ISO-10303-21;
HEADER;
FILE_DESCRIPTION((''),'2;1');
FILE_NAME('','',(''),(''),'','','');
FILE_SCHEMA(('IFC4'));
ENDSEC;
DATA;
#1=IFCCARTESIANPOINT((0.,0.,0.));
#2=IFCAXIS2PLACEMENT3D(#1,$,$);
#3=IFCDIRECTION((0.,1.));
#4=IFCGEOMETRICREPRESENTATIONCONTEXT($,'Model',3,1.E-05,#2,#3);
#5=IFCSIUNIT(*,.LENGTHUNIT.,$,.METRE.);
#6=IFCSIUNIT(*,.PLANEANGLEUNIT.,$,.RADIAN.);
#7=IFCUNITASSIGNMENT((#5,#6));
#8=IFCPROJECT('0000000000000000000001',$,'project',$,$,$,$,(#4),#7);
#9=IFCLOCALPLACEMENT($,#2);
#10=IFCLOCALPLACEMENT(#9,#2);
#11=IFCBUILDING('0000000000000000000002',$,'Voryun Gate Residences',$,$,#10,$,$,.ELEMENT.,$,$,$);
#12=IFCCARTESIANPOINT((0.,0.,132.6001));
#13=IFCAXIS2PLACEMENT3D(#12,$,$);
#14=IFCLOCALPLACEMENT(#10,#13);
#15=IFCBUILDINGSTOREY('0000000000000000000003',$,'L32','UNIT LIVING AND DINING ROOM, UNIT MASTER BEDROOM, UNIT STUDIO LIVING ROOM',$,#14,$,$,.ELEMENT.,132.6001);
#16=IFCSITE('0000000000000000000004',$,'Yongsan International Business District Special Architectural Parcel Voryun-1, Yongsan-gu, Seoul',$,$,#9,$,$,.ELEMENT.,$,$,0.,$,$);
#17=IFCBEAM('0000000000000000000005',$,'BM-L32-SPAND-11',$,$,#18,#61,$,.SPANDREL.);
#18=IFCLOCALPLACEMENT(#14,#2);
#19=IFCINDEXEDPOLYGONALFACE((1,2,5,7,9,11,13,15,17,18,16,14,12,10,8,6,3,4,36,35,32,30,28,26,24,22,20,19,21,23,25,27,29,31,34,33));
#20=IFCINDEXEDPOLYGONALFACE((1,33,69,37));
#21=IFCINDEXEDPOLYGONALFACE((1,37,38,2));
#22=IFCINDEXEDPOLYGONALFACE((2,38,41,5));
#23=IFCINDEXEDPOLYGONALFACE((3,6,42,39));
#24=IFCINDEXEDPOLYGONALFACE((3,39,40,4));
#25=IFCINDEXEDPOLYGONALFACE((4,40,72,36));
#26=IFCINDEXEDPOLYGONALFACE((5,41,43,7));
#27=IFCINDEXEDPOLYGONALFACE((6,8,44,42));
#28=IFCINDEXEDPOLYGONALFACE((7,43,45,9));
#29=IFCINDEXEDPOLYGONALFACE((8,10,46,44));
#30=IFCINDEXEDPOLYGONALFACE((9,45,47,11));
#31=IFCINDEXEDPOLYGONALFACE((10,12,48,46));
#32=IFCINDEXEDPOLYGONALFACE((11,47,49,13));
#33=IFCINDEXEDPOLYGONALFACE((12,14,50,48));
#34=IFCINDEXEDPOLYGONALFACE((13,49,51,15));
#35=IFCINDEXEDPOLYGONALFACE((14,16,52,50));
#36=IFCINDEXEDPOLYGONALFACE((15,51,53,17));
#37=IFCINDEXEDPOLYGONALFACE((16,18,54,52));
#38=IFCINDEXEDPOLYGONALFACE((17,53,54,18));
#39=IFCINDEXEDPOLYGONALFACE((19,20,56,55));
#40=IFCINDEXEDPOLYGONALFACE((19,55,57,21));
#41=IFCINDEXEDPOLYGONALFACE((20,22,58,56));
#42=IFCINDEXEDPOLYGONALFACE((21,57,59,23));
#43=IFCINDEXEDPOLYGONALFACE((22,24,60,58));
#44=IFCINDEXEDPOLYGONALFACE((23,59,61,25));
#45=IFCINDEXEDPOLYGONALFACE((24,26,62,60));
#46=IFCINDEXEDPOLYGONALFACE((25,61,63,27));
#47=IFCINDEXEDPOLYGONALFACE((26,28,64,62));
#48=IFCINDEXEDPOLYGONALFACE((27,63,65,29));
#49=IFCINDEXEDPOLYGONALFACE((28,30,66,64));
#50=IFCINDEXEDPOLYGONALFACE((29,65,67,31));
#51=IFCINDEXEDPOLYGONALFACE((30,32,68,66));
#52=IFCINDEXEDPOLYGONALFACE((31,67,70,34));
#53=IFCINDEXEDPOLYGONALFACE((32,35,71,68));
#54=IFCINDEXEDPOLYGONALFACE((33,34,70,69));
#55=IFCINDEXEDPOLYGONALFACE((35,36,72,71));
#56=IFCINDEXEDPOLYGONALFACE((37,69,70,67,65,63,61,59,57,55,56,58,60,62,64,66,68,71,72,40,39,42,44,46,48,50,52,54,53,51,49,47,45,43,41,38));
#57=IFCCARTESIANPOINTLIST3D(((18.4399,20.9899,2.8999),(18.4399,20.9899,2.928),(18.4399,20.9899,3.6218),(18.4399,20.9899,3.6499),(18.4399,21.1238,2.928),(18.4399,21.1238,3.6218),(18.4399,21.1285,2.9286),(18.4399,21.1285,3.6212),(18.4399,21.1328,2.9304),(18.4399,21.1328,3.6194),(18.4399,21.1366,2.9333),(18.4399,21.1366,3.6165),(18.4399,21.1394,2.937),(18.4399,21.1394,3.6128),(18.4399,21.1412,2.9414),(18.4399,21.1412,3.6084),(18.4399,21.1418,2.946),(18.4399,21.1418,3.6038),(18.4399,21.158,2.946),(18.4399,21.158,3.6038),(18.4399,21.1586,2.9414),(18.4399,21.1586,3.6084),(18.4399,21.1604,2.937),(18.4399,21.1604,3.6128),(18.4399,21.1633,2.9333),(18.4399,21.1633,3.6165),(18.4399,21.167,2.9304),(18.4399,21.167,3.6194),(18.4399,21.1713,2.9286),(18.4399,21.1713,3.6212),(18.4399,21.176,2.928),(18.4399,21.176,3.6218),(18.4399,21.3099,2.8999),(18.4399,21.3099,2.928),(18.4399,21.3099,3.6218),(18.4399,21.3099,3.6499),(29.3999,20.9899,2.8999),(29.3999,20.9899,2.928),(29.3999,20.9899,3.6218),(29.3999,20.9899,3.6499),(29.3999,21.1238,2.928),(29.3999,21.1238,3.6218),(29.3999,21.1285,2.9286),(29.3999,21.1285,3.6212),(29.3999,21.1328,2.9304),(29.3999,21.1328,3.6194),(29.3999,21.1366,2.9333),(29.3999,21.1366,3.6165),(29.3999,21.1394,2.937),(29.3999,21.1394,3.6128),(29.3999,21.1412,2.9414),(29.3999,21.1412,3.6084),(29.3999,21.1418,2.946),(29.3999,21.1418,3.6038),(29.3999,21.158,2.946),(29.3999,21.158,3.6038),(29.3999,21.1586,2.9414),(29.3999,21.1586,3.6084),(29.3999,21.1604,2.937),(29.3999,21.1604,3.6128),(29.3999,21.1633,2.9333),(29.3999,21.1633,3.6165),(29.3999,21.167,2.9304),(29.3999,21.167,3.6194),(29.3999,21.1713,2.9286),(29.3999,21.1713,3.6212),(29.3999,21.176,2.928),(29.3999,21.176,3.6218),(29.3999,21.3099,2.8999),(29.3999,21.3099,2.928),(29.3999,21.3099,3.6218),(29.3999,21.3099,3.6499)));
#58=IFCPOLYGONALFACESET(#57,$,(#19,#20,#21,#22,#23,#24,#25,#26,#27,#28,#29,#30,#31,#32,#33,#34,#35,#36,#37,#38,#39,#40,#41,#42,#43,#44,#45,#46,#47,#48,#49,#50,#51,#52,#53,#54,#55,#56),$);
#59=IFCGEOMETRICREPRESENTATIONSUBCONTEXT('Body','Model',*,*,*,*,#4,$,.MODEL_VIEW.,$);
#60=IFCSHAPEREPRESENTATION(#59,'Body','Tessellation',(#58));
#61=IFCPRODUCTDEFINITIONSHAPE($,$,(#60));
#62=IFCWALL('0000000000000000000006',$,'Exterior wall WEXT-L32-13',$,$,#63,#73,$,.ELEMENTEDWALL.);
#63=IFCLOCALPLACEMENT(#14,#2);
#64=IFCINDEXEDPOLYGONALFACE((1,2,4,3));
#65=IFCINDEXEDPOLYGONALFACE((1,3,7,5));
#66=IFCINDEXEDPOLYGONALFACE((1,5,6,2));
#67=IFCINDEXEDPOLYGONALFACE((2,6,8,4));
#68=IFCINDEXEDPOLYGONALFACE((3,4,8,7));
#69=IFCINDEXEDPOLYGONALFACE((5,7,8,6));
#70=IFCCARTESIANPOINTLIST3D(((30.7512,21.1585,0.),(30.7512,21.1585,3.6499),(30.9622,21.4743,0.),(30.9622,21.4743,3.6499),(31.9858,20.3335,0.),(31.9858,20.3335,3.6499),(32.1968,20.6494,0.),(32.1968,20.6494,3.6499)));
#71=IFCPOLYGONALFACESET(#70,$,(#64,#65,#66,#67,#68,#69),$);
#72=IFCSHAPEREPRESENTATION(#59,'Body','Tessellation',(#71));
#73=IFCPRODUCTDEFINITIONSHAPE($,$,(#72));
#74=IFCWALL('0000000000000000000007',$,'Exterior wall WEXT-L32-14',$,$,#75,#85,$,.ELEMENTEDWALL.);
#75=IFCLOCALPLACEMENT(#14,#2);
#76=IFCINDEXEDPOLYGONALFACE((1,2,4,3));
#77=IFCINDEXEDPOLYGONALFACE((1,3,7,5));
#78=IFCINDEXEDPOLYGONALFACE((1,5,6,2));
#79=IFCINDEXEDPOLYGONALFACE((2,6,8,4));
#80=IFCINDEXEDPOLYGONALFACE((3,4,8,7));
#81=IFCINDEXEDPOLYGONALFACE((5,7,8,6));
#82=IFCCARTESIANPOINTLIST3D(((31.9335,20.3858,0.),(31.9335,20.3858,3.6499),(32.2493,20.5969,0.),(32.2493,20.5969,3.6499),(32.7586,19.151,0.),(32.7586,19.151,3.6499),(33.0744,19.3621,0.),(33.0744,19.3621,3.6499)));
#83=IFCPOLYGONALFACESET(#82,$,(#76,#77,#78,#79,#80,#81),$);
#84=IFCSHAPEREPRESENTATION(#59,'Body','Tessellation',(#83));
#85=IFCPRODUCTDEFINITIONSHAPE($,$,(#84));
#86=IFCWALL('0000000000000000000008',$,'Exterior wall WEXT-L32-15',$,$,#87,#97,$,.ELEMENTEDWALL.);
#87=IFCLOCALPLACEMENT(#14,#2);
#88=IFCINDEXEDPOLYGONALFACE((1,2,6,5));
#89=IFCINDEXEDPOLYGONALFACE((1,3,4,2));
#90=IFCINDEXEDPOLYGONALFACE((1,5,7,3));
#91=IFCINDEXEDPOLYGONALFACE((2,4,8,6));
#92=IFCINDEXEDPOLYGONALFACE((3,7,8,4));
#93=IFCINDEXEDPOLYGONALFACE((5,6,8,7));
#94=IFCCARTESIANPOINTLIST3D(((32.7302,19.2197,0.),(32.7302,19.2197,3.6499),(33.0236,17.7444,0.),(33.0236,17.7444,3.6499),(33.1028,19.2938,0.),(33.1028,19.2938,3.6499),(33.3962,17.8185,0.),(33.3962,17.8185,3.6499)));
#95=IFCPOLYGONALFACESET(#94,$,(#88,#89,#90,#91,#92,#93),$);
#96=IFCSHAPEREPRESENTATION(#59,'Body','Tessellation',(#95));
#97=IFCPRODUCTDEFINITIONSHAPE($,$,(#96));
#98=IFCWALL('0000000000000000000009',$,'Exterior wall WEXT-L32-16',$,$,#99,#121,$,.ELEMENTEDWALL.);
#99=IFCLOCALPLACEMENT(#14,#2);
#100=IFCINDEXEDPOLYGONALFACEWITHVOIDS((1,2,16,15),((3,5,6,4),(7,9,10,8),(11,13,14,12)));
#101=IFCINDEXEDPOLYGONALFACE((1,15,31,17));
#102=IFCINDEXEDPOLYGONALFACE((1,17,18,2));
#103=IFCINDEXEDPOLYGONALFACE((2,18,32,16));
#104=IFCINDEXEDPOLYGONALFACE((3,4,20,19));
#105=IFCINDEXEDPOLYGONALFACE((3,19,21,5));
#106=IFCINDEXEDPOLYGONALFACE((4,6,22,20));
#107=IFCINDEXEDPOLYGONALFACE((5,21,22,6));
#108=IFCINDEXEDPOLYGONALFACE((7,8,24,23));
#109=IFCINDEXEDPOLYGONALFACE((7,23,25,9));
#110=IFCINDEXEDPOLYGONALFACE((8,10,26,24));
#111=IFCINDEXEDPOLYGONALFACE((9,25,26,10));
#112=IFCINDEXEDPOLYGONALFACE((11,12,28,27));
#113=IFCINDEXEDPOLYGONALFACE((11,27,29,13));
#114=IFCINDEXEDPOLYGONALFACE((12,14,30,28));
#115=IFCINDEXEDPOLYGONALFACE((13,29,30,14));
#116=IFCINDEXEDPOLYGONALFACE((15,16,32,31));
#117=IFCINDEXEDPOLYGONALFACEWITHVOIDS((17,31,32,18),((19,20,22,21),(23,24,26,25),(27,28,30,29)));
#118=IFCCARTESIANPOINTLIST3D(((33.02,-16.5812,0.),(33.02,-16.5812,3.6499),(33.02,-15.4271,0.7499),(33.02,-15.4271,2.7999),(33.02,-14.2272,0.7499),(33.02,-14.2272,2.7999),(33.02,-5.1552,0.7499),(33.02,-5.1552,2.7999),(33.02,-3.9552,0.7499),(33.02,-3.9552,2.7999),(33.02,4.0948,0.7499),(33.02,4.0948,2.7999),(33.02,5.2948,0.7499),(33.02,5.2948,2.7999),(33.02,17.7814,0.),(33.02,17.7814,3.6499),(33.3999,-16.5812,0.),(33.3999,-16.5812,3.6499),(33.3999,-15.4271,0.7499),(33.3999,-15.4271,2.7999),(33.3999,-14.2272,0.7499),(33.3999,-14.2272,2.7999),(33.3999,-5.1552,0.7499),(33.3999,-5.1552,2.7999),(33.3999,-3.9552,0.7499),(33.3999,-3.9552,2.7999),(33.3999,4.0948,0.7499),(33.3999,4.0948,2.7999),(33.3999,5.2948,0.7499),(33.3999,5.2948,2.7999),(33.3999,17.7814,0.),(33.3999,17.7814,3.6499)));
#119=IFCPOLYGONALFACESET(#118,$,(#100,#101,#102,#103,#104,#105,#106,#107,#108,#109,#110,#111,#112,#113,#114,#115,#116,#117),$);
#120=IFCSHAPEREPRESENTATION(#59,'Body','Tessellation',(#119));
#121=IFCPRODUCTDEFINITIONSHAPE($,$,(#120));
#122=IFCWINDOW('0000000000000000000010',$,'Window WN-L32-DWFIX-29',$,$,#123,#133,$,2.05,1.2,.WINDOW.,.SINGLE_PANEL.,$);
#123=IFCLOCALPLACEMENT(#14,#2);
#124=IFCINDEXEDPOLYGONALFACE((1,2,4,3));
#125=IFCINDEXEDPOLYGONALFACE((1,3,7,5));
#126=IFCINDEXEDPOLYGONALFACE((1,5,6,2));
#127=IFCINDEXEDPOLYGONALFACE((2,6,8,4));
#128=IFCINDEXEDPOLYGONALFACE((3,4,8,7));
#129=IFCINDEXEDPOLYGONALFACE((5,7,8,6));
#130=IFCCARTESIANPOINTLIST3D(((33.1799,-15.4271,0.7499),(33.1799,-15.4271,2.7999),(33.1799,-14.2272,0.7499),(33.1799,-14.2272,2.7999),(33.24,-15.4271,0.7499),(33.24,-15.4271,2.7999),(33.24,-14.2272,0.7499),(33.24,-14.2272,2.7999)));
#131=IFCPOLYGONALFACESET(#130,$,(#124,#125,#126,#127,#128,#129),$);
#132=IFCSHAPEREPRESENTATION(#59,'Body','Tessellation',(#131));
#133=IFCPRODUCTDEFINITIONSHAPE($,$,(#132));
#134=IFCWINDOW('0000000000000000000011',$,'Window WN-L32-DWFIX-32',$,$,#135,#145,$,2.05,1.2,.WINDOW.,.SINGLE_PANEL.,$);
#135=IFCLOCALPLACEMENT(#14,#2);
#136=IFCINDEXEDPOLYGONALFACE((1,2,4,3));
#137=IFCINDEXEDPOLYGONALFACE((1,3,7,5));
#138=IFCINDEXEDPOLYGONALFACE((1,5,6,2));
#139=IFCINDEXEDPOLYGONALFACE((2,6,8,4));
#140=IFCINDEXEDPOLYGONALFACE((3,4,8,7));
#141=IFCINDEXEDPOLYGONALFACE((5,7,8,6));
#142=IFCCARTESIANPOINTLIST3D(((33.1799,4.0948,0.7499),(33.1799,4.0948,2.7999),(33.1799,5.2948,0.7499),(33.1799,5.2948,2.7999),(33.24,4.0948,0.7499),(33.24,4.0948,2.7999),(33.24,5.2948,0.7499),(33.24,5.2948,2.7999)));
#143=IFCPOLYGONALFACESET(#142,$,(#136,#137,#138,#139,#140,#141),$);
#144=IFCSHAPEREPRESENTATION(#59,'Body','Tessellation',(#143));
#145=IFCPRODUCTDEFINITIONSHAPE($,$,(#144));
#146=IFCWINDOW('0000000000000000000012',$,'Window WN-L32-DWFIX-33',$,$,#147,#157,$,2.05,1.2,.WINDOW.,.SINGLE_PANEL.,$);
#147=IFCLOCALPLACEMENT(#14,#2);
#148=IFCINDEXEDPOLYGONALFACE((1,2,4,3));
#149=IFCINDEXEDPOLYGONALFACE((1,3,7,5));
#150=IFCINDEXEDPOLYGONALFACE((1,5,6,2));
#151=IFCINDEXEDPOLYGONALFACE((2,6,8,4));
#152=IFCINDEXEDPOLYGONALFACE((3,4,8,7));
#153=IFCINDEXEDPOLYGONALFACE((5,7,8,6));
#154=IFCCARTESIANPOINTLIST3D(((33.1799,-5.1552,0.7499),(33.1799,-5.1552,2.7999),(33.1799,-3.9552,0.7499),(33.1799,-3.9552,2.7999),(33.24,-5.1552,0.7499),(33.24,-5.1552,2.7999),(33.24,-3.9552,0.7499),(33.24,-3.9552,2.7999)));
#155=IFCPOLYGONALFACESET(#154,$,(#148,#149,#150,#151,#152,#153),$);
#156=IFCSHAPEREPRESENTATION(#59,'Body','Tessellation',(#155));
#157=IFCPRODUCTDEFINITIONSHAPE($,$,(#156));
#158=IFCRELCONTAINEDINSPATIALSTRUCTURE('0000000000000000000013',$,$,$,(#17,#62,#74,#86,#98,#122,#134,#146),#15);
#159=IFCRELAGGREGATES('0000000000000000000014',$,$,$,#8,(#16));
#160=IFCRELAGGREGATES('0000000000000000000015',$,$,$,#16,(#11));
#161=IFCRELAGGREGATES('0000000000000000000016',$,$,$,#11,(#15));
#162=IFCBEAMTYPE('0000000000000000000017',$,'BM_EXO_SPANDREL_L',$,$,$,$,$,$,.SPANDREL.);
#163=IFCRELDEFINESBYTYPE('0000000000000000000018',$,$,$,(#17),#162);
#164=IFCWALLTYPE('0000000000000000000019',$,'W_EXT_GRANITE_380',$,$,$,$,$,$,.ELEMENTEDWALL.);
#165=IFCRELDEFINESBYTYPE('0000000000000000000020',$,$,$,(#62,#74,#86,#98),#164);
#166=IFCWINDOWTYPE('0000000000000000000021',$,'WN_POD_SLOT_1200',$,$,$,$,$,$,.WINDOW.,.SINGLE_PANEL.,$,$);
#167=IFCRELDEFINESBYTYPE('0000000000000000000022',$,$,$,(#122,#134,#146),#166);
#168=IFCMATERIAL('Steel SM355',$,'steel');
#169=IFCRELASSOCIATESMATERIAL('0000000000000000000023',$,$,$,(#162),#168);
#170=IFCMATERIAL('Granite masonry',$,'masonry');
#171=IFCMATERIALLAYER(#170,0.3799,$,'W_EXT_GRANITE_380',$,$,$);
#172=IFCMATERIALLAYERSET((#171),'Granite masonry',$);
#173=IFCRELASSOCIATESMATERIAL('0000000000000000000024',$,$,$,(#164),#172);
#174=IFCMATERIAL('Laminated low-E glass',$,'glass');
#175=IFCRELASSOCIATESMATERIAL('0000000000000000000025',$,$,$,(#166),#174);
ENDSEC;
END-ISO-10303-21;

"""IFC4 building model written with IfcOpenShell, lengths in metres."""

from ifc_helpers import new_model, si_unit, direction, frame, frame_2d, origin, origin_2d, place, context, subcontext, project, spatial, rectangle, i_section, extrude, material, layer, layer_set, material_profile, profile_set, type_object, element, fill, save


model = new_model("IFC4")

# Units and contexts
model_context = context("Model", 3, precision=1e-05, world=origin(), true_north=direction((0.0, 1.0)))
body_context = subcontext(model_context, "Body", "Model", "MODEL_VIEW")
ifc_project = project(units=[si_unit("LENGTHUNIT", "METRE"), si_unit("PLANEANGLEUNIT", "RADIAN")], contexts=[model_context])

# Site, building, storey
site_placement = place(None, origin())
site = spatial("IfcSite", under=ifc_project, at=site_placement, Name="Yongsan International Business District Special Architectural Parcel Voryun-1, Yongsan-gu, Seoul", CompositionType="ELEMENT", RefElevation=0.0)
building_placement = place(site_placement, origin())
building = spatial("IfcBuilding", under=site, at=building_placement, Name="Voryun Gate Residences", CompositionType="ELEMENT")
storey_placement = place(building_placement, frame((0.0, 0.0, 132.6001)))
storey = spatial("IfcBuildingStorey", under=building, at=storey_placement, Name="L32", Description="UNIT LIVING AND DINING ROOM, UNIT MASTER BEDROOM, UNIT STUDIO LIVING ROOM", CompositionType="ELEMENT", Elevation=132.6001)

# Beam
ifc_material_1 = material(Name="Steel SM355", Category="steel")
ifc_material_profile_1 = material_profile(ifc_material_1, i_section(OverallWidth=0.3201, OverallDepth=0.75, WebThickness=0.0161, FlangeThickness=0.0281, FilletRadius=0.0181, at=origin_2d()), Name="H-750x320x16x28")
ifc_profile_set_1 = profile_set([ifc_material_profile_1], Name="Steel SM355")
beam_type = type_object("IfcBeamType", Name="BM_EXO_SPANDREL_L", PredefinedType="SPANDREL", material=ifc_profile_set_1)
beam_1_placement = place(storey_placement, frame((29.3999, 21.1499, 3.2749), z_axis=(-1.0, 0.0, 0.0), x_axis=(0.0, -1.0, 0.0)))
element("IfcBeam", 1, at=beam_1_placement, inside=storey, type_object=beam_type, Name="BM-L32-SPAND-11", PredefinedType="SPANDREL", context=body_context, shape_type="SweptSolid", body=[
    extrude(i_section(OverallWidth=0.3201, OverallDepth=0.75, WebThickness=0.0161, FlangeThickness=0.0281, FilletRadius=0.0181, at=origin_2d()), origin(), (0.0, 0.0, 1.0), 10.96),
])

# Walls
ifc_material_2 = material(Name="Granite masonry", Category="masonry")
ifc_layer_1 = layer(ifc_material_2, 0.3799, Name="W_EXT_GRANITE_380")
ifc_layer_set_1 = layer_set([ifc_layer_1], Name="Granite masonry")
wall_type_1 = type_object("IfcWallType", Name="W_EXT_GRANITE_380", PredefinedType="ELEMENTEDWALL", material=ifc_layer_set_1)
wall_1_placement = place(storey_placement, frame((30.8567, 21.3164, 0.0), z_axis=(0.0, 0.0, 1.0), x_axis=(0.831468, -0.555573, 0.0)))
element("IfcWall", 2, at=wall_1_placement, inside=storey, type_object=wall_type_1, Name="Exterior wall WEXT-L32-13", PredefinedType="ELEMENTEDWALL", context=body_context, shape_type="SweptSolid", body=[
    extrude(rectangle(XDim=1.4849, YDim=0.3799, at=frame_2d((0.7424, 0.0))), origin(), (0.0, 0.0, 1.0), 3.6499),
])
wall_2_placement = place(storey_placement, frame((32.0913, 20.4915, 0.0), z_axis=(0.0, 0.0, 1.0), x_axis=(0.55561, -0.831443, 0.0)))
element("IfcWall", 3, at=wall_2_placement, inside=storey, type_object=wall_type_1, Name="Exterior wall WEXT-L32-14", PredefinedType="ELEMENTEDWALL", context=body_context, shape_type="SweptSolid", body=[
    extrude(rectangle(XDim=1.4851, YDim=0.3799, at=frame_2d((0.7427, 0.0))), origin(), (0.0, 0.0, 1.0), 3.6499),
])
wall_3_placement = place(storey_placement, frame((32.9165, 19.2566, 0.0), z_axis=(0.0, 0.0, 1.0), x_axis=(0.195086, -0.980786, 0.0)))
element("IfcWall", 4, at=wall_3_placement, inside=storey, type_object=wall_type_1, Name="Exterior wall WEXT-L32-15", PredefinedType="ELEMENTEDWALL", context=body_context, shape_type="SweptSolid", body=[
    extrude(rectangle(XDim=1.5042, YDim=0.3799, at=frame_2d((0.752, 0.0))), origin(), (0.0, 0.0, 1.0), 3.6499),
])

# Wall, openings, windows
wall_4_placement = place(storey_placement, frame((33.21, 17.7812, 0.0), z_axis=(0.0, 0.0, 1.0), x_axis=(0.0, -1.0, 0.0)))
wall_4 = element("IfcWall", 5, at=wall_4_placement, inside=storey, type_object=wall_type_1, Name="Exterior wall WEXT-L32-16", PredefinedType="ELEMENTEDWALL", context=body_context, shape_type="SweptSolid", body=[
    extrude(rectangle(XDim=34.3625, YDim=0.3799, at=frame_2d((17.1812, 0.0))), origin(), (0.0, 0.0, 1.0), 3.6499),
])
opening_1_placement = place(wall_4_placement, frame((32.0083, 0.0, 0.75)))
opening_1 = element("IfcOpeningElement", 6, at=opening_1_placement, cuts=wall_4, PredefinedType="OPENING", context=body_context, shape_type="SweptSolid", body=[
    extrude(rectangle(XDim=1.2, YDim=2.05, at=frame_2d((0.6001, 1.0249))), frame((0.0, 0.2, 0.0), z_axis=(0.0, -1.0, 0.0), x_axis=(1.0, 0.0, 0.0)), (0.0, 0.0, 1.0), 0.3999),
])
opening_2_placement = place(wall_4_placement, frame((12.4863, 0.0, 0.75)))
opening_2 = element("IfcOpeningElement", 7, at=opening_2_placement, cuts=wall_4, PredefinedType="OPENING", context=body_context, shape_type="SweptSolid", body=[
    extrude(rectangle(XDim=1.2, YDim=2.05, at=frame_2d((0.6001, 1.0249))), frame((0.0, 0.2, 0.0), z_axis=(0.0, -1.0, 0.0), x_axis=(1.0, 0.0, 0.0)), (0.0, 0.0, 1.0), 0.3999),
])
opening_3_placement = place(wall_4_placement, frame((21.7363, 0.0, 0.75)))
opening_3 = element("IfcOpeningElement", 8, at=opening_3_placement, cuts=wall_4, PredefinedType="OPENING", context=body_context, shape_type="SweptSolid", body=[
    extrude(rectangle(XDim=1.2, YDim=2.05, at=frame_2d((0.6001, 1.0249))), frame((0.0, 0.2, 0.0), z_axis=(0.0, -1.0, 0.0), x_axis=(1.0, 0.0, 0.0)), (0.0, 0.0, 1.0), 0.3999),
])
ifc_material_3 = material(Name="Laminated low-E glass", Category="glass")
window_type = type_object("IfcWindowType", Name="WN_POD_SLOT_1200", PartitioningType="SINGLE_PANEL", PredefinedType="WINDOW", material=ifc_material_3)
window_1_placement = place(opening_1_placement, origin())
window_1 = element("IfcWindow", 9, at=window_1_placement, inside=storey, type_object=window_type, Name="Window WN-L32-DWFIX-29", OverallHeight=2.05, OverallWidth=1.2, PartitioningType="SINGLE_PANEL", PredefinedType="WINDOW", context=body_context, shape_type="SweptSolid", body=[
    extrude(rectangle(XDim=1.2, YDim=2.05, at=frame_2d((0.6001, 1.0249))), frame((0.0, 0.03, 0.0), z_axis=(0.0, -1.0, 0.0), x_axis=(1.0, 0.0, 0.0)), (0.0, 0.0, 1.0), 0.0601),
])
fill(opening_1, window_1)
window_2_placement = place(opening_2_placement, origin())
window_2 = element("IfcWindow", 10, at=window_2_placement, inside=storey, type_object=window_type, Name="Window WN-L32-DWFIX-32", OverallHeight=2.05, OverallWidth=1.2, PartitioningType="SINGLE_PANEL", PredefinedType="WINDOW", context=body_context, shape_type="SweptSolid", body=[
    extrude(rectangle(XDim=1.2, YDim=2.05, at=frame_2d((0.6001, 1.0249))), frame((0.0, 0.03, 0.0), z_axis=(0.0, -1.0, 0.0), x_axis=(1.0, 0.0, 0.0)), (0.0, 0.0, 1.0), 0.0601),
])
fill(opening_2, window_2)
window_3_placement = place(opening_3_placement, origin())
window_3 = element("IfcWindow", 11, at=window_3_placement, inside=storey, type_object=window_type, Name="Window WN-L32-DWFIX-33", OverallHeight=2.05, OverallWidth=1.2, PartitioningType="SINGLE_PANEL", PredefinedType="WINDOW", context=body_context, shape_type="SweptSolid", body=[
    extrude(rectangle(XDim=1.2, YDim=2.05, at=frame_2d((0.6001, 1.0249))), frame((0.0, 0.03, 0.0), z_axis=(0.0, -1.0, 0.0), x_axis=(1.0, 0.0, 0.0)), (0.0, 0.0, 1.0), 0.0601),
])
fill(opening_3, window_3)

save(model, "model.ifc")
